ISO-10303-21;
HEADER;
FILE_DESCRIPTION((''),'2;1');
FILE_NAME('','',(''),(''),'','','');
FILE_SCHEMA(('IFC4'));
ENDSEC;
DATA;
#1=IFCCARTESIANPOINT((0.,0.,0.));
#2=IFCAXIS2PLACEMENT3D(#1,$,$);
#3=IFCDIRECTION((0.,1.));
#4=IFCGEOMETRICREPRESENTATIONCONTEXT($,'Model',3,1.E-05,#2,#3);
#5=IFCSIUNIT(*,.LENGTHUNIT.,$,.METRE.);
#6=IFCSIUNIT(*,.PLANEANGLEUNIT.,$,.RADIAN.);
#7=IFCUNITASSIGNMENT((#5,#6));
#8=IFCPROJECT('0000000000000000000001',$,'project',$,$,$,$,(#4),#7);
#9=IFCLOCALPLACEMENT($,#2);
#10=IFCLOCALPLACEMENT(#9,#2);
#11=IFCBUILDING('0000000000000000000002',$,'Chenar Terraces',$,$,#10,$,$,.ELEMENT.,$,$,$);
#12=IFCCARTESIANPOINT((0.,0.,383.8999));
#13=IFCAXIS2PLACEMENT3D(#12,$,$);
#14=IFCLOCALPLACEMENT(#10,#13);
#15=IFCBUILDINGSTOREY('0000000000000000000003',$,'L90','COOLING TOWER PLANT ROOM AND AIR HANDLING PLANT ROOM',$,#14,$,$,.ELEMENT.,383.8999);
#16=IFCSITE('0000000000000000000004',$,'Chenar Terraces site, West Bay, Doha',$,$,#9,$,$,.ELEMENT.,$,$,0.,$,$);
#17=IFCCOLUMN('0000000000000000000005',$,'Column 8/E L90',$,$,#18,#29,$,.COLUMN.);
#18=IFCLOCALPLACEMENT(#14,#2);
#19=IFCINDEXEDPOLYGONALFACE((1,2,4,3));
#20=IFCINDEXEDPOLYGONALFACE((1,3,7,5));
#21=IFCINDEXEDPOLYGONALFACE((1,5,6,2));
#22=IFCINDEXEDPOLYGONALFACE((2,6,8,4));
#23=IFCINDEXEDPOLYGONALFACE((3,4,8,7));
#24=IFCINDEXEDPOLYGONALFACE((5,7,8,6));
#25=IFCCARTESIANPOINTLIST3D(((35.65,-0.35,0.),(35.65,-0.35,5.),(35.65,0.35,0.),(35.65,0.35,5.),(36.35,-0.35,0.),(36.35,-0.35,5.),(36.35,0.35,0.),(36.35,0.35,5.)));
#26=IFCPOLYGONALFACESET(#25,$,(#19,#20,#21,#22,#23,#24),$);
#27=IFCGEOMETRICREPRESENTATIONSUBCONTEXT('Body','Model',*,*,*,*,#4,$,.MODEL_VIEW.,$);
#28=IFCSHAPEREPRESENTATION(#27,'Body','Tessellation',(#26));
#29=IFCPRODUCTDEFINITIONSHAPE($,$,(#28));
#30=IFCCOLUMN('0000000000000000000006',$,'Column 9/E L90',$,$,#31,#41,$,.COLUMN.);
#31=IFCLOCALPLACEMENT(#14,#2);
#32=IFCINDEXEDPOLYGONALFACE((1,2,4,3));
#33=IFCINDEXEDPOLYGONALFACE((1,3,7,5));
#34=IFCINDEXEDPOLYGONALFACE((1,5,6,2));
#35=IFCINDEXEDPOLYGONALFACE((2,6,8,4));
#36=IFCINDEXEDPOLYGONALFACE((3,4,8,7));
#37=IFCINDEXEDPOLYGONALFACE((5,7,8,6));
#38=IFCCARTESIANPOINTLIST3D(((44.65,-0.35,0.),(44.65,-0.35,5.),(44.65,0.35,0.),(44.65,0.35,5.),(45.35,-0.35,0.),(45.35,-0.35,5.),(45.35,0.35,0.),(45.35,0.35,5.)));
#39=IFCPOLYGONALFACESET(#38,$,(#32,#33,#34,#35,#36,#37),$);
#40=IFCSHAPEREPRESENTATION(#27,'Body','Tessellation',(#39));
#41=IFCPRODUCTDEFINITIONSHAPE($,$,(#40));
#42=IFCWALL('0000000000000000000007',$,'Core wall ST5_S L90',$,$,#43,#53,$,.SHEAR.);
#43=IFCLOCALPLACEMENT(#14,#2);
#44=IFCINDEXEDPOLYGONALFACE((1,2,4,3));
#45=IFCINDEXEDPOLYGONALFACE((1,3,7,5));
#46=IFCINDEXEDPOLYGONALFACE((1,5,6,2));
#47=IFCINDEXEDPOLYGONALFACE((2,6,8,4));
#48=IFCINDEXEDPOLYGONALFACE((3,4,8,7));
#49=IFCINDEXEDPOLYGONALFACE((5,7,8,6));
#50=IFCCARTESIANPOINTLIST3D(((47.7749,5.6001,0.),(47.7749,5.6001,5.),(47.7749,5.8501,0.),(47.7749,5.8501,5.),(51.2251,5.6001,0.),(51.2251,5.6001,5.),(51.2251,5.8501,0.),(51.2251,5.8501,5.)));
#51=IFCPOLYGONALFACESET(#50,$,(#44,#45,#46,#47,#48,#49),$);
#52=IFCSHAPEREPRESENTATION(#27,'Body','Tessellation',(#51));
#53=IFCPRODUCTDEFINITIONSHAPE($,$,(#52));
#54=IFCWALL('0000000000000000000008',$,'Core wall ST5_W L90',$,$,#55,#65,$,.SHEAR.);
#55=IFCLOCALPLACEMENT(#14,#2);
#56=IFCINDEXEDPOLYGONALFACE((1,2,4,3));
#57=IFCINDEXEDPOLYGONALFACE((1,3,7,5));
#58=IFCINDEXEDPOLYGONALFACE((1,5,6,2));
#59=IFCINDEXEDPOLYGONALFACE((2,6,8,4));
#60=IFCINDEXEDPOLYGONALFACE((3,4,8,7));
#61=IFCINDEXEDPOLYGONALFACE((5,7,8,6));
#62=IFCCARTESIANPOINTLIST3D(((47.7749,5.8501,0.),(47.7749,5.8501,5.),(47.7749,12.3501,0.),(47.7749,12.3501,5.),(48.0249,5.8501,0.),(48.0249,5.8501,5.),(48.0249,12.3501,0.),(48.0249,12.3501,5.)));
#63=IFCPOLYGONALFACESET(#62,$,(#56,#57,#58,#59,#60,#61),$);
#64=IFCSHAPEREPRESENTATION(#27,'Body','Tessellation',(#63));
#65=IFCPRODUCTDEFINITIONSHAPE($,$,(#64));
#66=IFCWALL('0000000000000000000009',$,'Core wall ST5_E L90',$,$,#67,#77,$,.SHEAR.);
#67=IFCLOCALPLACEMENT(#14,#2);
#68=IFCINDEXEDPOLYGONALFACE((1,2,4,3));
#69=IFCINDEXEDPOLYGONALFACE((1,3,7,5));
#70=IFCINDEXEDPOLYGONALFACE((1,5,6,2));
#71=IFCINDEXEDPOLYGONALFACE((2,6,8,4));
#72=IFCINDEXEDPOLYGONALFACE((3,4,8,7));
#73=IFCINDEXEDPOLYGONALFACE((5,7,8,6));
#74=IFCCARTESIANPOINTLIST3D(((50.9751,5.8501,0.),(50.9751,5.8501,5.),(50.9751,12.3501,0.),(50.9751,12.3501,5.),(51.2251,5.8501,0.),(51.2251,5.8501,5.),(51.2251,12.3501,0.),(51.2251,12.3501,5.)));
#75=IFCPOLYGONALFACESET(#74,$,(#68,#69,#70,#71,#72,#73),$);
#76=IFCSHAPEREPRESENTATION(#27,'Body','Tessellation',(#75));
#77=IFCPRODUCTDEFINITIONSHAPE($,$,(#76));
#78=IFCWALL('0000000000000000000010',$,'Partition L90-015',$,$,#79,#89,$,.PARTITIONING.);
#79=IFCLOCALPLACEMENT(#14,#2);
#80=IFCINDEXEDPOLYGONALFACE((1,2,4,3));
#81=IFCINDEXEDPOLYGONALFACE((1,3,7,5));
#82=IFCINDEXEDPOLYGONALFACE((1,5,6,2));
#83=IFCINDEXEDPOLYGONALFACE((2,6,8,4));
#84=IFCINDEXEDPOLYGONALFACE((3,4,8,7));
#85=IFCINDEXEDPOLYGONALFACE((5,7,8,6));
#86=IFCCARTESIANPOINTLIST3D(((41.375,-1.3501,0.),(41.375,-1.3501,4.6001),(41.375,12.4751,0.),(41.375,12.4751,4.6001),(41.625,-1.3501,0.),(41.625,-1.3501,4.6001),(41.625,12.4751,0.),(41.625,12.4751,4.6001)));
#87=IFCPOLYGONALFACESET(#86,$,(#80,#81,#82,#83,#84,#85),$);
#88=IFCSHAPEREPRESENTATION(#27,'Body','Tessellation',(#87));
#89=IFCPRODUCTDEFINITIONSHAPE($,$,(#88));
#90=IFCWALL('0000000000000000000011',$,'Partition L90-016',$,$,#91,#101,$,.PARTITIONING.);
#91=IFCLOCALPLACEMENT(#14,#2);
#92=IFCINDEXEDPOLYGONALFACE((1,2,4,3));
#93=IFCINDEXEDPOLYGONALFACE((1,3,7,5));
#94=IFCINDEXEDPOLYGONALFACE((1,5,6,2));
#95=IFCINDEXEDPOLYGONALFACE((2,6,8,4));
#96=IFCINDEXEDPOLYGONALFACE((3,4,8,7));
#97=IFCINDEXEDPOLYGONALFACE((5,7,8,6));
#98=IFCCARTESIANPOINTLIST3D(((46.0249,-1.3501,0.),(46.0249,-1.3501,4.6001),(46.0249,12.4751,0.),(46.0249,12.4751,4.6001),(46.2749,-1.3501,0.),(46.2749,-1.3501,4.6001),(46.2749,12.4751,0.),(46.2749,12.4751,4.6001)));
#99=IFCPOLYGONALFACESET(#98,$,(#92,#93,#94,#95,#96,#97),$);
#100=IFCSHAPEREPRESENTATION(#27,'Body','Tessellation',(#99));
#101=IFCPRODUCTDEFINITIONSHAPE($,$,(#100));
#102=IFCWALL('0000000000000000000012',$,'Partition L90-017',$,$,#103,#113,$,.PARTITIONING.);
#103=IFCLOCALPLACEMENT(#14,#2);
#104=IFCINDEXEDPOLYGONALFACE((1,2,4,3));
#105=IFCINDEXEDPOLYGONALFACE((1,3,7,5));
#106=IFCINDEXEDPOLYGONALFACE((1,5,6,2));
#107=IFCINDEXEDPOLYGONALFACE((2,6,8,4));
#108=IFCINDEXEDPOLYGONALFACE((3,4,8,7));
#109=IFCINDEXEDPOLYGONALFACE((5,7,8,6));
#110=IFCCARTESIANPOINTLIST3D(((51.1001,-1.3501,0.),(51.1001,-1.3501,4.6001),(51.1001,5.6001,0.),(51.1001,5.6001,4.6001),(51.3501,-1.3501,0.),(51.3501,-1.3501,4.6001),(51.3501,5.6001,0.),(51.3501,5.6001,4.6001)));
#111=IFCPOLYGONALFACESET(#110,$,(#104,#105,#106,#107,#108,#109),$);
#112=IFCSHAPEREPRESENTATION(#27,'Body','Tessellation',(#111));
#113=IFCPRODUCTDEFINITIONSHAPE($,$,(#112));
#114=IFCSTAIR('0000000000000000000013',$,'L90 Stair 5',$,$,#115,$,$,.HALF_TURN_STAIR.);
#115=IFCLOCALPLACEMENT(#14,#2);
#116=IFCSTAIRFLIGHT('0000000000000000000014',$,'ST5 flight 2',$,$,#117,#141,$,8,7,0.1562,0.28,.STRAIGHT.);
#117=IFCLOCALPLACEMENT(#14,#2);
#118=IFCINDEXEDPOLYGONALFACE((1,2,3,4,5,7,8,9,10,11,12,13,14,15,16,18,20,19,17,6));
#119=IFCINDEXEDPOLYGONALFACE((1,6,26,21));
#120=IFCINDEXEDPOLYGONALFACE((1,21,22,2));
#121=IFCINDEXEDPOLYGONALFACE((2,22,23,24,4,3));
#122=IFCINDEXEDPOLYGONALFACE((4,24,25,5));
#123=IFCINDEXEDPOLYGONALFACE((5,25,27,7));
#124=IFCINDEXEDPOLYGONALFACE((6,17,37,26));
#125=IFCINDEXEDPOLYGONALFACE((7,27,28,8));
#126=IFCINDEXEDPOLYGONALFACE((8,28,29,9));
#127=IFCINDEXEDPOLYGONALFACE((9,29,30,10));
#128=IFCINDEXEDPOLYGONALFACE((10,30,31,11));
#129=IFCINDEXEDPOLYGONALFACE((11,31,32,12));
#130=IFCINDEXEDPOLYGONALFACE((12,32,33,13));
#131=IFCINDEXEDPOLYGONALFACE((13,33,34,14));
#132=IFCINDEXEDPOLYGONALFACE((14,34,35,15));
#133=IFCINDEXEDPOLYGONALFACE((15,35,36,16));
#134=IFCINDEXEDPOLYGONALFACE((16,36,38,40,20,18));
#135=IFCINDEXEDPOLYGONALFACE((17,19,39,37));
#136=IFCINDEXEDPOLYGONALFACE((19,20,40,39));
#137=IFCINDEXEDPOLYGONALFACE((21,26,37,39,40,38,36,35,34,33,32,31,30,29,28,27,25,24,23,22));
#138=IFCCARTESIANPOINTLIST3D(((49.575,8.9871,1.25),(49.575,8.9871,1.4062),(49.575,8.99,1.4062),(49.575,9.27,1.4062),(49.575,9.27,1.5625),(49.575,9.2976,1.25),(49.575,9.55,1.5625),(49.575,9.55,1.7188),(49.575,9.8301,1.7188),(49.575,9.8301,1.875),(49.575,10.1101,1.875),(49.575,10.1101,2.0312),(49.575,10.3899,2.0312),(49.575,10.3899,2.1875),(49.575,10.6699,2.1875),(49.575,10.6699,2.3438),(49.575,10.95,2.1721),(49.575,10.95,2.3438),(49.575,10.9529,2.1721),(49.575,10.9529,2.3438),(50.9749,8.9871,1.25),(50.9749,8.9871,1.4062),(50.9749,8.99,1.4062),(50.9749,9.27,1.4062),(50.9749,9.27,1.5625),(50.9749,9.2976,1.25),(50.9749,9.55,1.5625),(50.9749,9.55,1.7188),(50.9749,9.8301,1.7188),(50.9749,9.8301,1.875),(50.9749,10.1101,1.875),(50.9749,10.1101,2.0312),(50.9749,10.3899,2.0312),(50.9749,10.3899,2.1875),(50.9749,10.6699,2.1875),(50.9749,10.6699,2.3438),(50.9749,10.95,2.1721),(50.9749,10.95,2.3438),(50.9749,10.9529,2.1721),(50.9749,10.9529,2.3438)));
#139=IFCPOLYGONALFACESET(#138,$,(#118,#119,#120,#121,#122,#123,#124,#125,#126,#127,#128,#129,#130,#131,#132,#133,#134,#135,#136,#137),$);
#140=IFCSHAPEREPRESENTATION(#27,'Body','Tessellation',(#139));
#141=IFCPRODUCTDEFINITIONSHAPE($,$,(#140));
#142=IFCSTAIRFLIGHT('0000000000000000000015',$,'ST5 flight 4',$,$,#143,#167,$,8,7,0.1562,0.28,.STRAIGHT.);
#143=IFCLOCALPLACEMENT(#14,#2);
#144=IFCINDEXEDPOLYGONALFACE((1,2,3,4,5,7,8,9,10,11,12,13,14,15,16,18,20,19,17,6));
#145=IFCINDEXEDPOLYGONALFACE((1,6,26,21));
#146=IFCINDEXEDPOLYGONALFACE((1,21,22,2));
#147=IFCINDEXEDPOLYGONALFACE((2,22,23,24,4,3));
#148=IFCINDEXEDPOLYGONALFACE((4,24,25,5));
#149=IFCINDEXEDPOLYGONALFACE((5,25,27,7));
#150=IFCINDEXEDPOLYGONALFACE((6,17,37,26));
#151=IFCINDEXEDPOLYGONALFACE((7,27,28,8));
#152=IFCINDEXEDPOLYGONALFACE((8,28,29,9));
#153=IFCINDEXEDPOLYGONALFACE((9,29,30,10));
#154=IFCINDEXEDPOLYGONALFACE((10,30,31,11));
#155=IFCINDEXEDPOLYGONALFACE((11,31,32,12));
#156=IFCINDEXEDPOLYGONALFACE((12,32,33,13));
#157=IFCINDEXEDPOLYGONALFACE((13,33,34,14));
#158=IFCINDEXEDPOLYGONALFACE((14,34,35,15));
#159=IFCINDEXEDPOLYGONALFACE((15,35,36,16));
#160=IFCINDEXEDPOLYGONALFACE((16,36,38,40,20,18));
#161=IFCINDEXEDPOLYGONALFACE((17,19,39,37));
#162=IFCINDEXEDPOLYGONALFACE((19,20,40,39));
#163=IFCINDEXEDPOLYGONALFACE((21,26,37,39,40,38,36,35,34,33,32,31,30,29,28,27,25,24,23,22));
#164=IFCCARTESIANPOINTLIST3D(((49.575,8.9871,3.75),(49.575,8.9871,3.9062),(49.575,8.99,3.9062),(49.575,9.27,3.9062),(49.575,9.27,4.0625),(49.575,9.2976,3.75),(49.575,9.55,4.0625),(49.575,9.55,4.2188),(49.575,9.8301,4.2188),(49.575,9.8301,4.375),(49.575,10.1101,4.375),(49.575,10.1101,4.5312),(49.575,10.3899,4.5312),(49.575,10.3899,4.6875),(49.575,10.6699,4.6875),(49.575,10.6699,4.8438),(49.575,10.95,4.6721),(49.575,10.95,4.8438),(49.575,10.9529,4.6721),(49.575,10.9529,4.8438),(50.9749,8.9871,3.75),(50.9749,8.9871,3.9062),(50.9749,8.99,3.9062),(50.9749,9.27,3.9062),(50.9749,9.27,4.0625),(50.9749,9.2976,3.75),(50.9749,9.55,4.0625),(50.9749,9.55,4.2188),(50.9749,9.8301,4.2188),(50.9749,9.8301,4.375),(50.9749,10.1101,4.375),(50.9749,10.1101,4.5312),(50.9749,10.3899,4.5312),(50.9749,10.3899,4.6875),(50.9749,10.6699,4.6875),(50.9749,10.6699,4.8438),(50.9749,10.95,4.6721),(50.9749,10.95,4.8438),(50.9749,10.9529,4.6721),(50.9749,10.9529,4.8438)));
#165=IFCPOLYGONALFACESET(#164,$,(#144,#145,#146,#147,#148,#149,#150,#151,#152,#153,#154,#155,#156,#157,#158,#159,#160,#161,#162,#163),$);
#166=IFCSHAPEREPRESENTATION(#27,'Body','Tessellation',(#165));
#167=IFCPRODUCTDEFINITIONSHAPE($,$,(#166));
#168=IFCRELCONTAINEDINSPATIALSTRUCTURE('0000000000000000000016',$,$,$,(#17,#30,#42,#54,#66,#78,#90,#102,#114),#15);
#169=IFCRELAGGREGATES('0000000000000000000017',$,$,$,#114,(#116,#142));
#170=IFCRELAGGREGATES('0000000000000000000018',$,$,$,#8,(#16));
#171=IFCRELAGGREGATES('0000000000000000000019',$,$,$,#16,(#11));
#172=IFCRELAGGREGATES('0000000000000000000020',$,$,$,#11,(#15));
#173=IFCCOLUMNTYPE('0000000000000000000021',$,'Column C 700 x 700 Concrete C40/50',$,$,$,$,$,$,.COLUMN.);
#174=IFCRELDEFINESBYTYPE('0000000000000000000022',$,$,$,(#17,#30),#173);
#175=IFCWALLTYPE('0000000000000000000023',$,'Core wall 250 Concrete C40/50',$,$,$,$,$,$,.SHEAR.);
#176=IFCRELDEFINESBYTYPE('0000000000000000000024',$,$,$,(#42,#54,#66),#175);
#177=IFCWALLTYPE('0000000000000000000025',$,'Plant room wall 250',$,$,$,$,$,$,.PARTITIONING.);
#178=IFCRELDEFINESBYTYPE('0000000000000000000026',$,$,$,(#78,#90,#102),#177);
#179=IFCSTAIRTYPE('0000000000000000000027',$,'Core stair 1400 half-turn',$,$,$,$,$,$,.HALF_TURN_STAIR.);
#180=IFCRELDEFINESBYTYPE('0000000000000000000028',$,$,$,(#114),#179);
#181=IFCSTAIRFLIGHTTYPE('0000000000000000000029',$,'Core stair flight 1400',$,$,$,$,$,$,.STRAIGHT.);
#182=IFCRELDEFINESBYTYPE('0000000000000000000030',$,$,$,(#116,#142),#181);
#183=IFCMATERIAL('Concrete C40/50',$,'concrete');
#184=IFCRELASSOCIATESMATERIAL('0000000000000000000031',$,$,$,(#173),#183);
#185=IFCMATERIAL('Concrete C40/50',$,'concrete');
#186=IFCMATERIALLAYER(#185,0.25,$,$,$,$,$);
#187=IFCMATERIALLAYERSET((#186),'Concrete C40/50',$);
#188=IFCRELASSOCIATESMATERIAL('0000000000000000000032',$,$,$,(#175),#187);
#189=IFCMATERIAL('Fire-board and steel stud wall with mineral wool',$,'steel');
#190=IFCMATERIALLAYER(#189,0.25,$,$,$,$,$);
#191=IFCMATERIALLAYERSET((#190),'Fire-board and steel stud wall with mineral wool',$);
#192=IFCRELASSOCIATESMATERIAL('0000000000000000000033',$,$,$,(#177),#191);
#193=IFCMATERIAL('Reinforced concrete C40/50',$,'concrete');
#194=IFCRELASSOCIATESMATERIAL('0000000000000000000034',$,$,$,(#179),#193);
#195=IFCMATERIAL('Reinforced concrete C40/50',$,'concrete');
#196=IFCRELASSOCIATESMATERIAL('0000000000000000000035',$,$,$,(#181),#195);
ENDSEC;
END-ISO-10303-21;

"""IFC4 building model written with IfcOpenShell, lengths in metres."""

from ifc_helpers import new_model, si_unit, direction, frame, frame_2d, origin, origin_2d, place, context, subcontext, project, spatial, polyline, rectangle, outline, extrude, material, layer, layer_set, material_profile, profile_set, type_object, element, aggregate, save


model = new_model("IFC4")

# Units and contexts
model_context = context("Model", 3, precision=1e-05, world=origin(), true_north=direction((0.0, 1.0)))
body_context = subcontext(model_context, "Body", "Model", "MODEL_VIEW")
ifc_project = project(units=[si_unit("LENGTHUNIT", "METRE"), si_unit("PLANEANGLEUNIT", "RADIAN")], contexts=[model_context])

# Site, building, storey
site_placement = place(None, origin())
site = spatial("IfcSite", under=ifc_project, at=site_placement, Name="Chenar Terraces site, West Bay, Doha", CompositionType="ELEMENT", RefElevation=0.0)
building_placement = place(site_placement, origin())
building = spatial("IfcBuilding", under=site, at=building_placement, Name="Chenar Terraces", CompositionType="ELEMENT")
storey_placement = place(building_placement, frame((0.0, 0.0, 383.8999)))
storey = spatial("IfcBuildingStorey", under=building, at=storey_placement, Name="L90", Description="COOLING TOWER PLANT ROOM AND AIR HANDLING PLANT ROOM", CompositionType="ELEMENT", Elevation=383.8999)

# Columns
ifc_material_1 = material(Name="Concrete C40/50", Category="concrete")
ifc_material_profile = material_profile(ifc_material_1, rectangle(XDim=0.7, YDim=0.7, at=origin_2d()), Name="C 700 x 700")
ifc_profile_set = profile_set([ifc_material_profile], Name="Concrete C40/50")
column_type = type_object("IfcColumnType", Name="Column C 700 x 700 Concrete C40/50", PredefinedType="COLUMN", material=ifc_profile_set)
for number, where, z_axis, x_axis, name in (
    (1, (36.0, 0.0, 0.0), (0.0, 0.0, 1.0), (1.0, 0.0, 0.0), "Column 8/E L90"),
    (2, (45.0, 0.0, 0.0), (0.0, 0.0, 1.0), (1.0, 0.0, 0.0), "Column 9/E L90"),
):
    element("IfcColumn", number, at=place(storey_placement, frame(where, z_axis=z_axis, x_axis=x_axis)), inside=storey, type_object=column_type, Name=name, PredefinedType="COLUMN", context=body_context, shape_type="SweptSolid", body=[
        extrude(rectangle(XDim=0.7, YDim=0.7, at=origin_2d()), origin(), (0.0, 0.0, 1.0), 5.0),
    ])

# Walls
ifc_material_2 = material(Name="Concrete C40/50", Category="concrete")
ifc_layer_1 = layer(ifc_material_2, 0.25)
ifc_layer_set_1 = layer_set([ifc_layer_1], Name="Concrete C40/50")
wall_type_1 = type_object("IfcWallType", Name="Core wall 250 Concrete C40/50", PredefinedType="SHEAR", material=ifc_layer_set_1)
wall_1_placement = place(storey_placement, frame((47.7749, 5.7251, 0.0), z_axis=(0.0, 0.0, 1.0), x_axis=(1.0, 0.0, 0.0)))
element("IfcWall", 3, at=wall_1_placement, inside=storey, type_object=wall_type_1, Name="Core wall ST5_S L90", PredefinedType="SHEAR", context=body_context, shape_type="SweptSolid", body=[
    extrude(rectangle(XDim=3.4502, YDim=0.25, at=frame_2d((1.7251, 0.0))), origin(), (0.0, 0.0, 1.0), 5.0),
])
for number, where, z_axis, x_axis, name in (
    (4, (47.8999, 5.8501, 0.0), (0.0, 0.0, 1.0), (0.0, 1.0, 0.0), "Core wall ST5_W L90"),
    (5, (51.1001, 5.8501, 0.0), (0.0, 0.0, 1.0), (0.0, 1.0, 0.0), "Core wall ST5_E L90"),
):
    element("IfcWall", number, at=place(storey_placement, frame(where, z_axis=z_axis, x_axis=x_axis)), inside=storey, type_object=wall_type_1, Name=name, PredefinedType="SHEAR", context=body_context, shape_type="SweptSolid", body=[
        extrude(rectangle(XDim=6.5, YDim=0.25, at=frame_2d((3.25, 0.0))), origin(), (0.0, 0.0, 1.0), 5.0),
    ])
ifc_material_3 = material(Name="Fire-board and steel stud wall with mineral wool", Category="steel")
ifc_layer_2 = layer(ifc_material_3, 0.25)
ifc_layer_set_2 = layer_set([ifc_layer_2], Name="Fire-board and steel stud wall with mineral wool")
wall_type_2 = type_object("IfcWallType", Name="Plant room wall 250", PredefinedType="PARTITIONING", material=ifc_layer_set_2)
for number, where, z_axis, x_axis, name in (
    (6, (41.5, -1.3501, 0.0), (0.0, 0.0, 1.0), (0.0, 1.0, 0.0), "Partition L90-015"),
    (7, (46.1499, -1.3501, 0.0), (0.0, 0.0, 1.0), (0.0, 1.0, 0.0), "Partition L90-016"),
):
    element("IfcWall", number, at=place(storey_placement, frame(where, z_axis=z_axis, x_axis=x_axis)), inside=storey, type_object=wall_type_2, Name=name, PredefinedType="PARTITIONING", context=body_context, shape_type="SweptSolid", body=[
        extrude(rectangle(XDim=13.8252, YDim=0.25, at=frame_2d((6.9126, 0.0))), origin(), (0.0, 0.0, 1.0), 4.6001),
    ])
wall_2_placement = place(storey_placement, frame((51.2251, -1.3501, 0.0), z_axis=(0.0, 0.0, 1.0), x_axis=(0.0, 1.0, 0.0)))
element("IfcWall", 8, at=wall_2_placement, inside=storey, type_object=wall_type_2, Name="Partition L90-017", PredefinedType="PARTITIONING", context=body_context, shape_type="SweptSolid", body=[
    extrude(rectangle(XDim=6.9502, YDim=0.25, at=frame_2d((3.4751, 0.0))), origin(), (0.0, 0.0, 1.0), 4.6001),
])

# Stair, stair flights
ifc_material_4 = material(Name="Reinforced concrete C40/50", Category="concrete")
stair_type = type_object("IfcStairType", Name="Core stair 1400 half-turn", PredefinedType="HALF_TURN_STAIR", material=ifc_material_4)
stair_placement = place(storey_placement, origin())
stair = element("IfcStair", 9, at=stair_placement, inside=storey, type_object=stair_type, Name="L90 Stair 5", PredefinedType="HALF_TURN_STAIR")
ifc_material_5 = material(Name="Reinforced concrete C40/50", Category="concrete")
stair_flight_type = type_object("IfcStairFlightType", Name="Core stair flight 1400", PredefinedType="STRAIGHT", material=ifc_material_5)
stair_flight_1_placement = place(storey_placement, frame((50.2749, 8.99, 1.25), z_axis=(0.0, 0.0, 1.0), x_axis=(0.0, 1.0, 0.0)))
stair_flight_1 = element("IfcStairFlight", 10, at=stair_flight_1_placement, type_object=stair_flight_type, Name="ST5 flight 2", NumberOfRisers=8, NumberOfTreads=7, PredefinedType="STRAIGHT", RiserHeight=0.1562, TreadLength=0.28, context=body_context, shape_type="SweptSolid", body=[
    extrude(outline(polyline([(-0.0029, 0.0), (-0.0029, 0.1562), (0.0, 0.1562), (0.28, 0.1562), (0.28, 0.3125), (0.5601, 0.3125), (0.5601, 0.4688), (0.8401, 0.4688), (0.8401, 0.625), (1.1201, 0.625), (1.1201, 0.7812), (1.3999, 0.7812), (1.3999, 0.9375), (1.6799, 0.9375), (1.6799, 1.0938), (1.96, 1.0938), (1.9629, 1.0938), (1.9629, 0.9221), (1.96, 0.9221), (0.3076, 0.0), (-0.0029, 0.0)])), frame((0.0, 0.7, 0.0), z_axis=(0.0, -1.0, 0.0), x_axis=(1.0, 0.0, 0.0)), (0.0, 0.0, 1.0), 1.3999),
])
stair_flight_2_placement = place(storey_placement, frame((50.2749, 8.99, 3.75), z_axis=(0.0, 0.0, 1.0), x_axis=(0.0, 1.0, 0.0)))
stair_flight_2 = element("IfcStairFlight", 11, at=stair_flight_2_placement, type_object=stair_flight_type, Name="ST5 flight 4", NumberOfRisers=8, NumberOfTreads=7, PredefinedType="STRAIGHT", RiserHeight=0.1562, TreadLength=0.28, context=body_context, shape_type="SweptSolid", body=[
    extrude(outline(polyline([(-0.0029, 0.0), (-0.0029, 0.1562), (0.0, 0.1562), (0.28, 0.1562), (0.28, 0.3125), (0.5601, 0.3125), (0.5601, 0.4688), (0.8401, 0.4688), (0.8401, 0.625), (1.1201, 0.625), (1.1201, 0.7812), (1.3999, 0.7812), (1.3999, 0.9375), (1.6799, 0.9375), (1.6799, 1.0938), (1.96, 1.0938), (1.9629, 1.0938), (1.9629, 0.9221), (1.96, 0.9221), (0.3076, 0.0), (-0.0029, 0.0)])), frame((0.0, 0.7, 0.0), z_axis=(0.0, -1.0, 0.0), x_axis=(1.0, 0.0, 0.0)), (0.0, 0.0, 1.0), 1.3999),
])
aggregate(stair, [stair_flight_1, stair_flight_2])

save(model, "model.ifc")
